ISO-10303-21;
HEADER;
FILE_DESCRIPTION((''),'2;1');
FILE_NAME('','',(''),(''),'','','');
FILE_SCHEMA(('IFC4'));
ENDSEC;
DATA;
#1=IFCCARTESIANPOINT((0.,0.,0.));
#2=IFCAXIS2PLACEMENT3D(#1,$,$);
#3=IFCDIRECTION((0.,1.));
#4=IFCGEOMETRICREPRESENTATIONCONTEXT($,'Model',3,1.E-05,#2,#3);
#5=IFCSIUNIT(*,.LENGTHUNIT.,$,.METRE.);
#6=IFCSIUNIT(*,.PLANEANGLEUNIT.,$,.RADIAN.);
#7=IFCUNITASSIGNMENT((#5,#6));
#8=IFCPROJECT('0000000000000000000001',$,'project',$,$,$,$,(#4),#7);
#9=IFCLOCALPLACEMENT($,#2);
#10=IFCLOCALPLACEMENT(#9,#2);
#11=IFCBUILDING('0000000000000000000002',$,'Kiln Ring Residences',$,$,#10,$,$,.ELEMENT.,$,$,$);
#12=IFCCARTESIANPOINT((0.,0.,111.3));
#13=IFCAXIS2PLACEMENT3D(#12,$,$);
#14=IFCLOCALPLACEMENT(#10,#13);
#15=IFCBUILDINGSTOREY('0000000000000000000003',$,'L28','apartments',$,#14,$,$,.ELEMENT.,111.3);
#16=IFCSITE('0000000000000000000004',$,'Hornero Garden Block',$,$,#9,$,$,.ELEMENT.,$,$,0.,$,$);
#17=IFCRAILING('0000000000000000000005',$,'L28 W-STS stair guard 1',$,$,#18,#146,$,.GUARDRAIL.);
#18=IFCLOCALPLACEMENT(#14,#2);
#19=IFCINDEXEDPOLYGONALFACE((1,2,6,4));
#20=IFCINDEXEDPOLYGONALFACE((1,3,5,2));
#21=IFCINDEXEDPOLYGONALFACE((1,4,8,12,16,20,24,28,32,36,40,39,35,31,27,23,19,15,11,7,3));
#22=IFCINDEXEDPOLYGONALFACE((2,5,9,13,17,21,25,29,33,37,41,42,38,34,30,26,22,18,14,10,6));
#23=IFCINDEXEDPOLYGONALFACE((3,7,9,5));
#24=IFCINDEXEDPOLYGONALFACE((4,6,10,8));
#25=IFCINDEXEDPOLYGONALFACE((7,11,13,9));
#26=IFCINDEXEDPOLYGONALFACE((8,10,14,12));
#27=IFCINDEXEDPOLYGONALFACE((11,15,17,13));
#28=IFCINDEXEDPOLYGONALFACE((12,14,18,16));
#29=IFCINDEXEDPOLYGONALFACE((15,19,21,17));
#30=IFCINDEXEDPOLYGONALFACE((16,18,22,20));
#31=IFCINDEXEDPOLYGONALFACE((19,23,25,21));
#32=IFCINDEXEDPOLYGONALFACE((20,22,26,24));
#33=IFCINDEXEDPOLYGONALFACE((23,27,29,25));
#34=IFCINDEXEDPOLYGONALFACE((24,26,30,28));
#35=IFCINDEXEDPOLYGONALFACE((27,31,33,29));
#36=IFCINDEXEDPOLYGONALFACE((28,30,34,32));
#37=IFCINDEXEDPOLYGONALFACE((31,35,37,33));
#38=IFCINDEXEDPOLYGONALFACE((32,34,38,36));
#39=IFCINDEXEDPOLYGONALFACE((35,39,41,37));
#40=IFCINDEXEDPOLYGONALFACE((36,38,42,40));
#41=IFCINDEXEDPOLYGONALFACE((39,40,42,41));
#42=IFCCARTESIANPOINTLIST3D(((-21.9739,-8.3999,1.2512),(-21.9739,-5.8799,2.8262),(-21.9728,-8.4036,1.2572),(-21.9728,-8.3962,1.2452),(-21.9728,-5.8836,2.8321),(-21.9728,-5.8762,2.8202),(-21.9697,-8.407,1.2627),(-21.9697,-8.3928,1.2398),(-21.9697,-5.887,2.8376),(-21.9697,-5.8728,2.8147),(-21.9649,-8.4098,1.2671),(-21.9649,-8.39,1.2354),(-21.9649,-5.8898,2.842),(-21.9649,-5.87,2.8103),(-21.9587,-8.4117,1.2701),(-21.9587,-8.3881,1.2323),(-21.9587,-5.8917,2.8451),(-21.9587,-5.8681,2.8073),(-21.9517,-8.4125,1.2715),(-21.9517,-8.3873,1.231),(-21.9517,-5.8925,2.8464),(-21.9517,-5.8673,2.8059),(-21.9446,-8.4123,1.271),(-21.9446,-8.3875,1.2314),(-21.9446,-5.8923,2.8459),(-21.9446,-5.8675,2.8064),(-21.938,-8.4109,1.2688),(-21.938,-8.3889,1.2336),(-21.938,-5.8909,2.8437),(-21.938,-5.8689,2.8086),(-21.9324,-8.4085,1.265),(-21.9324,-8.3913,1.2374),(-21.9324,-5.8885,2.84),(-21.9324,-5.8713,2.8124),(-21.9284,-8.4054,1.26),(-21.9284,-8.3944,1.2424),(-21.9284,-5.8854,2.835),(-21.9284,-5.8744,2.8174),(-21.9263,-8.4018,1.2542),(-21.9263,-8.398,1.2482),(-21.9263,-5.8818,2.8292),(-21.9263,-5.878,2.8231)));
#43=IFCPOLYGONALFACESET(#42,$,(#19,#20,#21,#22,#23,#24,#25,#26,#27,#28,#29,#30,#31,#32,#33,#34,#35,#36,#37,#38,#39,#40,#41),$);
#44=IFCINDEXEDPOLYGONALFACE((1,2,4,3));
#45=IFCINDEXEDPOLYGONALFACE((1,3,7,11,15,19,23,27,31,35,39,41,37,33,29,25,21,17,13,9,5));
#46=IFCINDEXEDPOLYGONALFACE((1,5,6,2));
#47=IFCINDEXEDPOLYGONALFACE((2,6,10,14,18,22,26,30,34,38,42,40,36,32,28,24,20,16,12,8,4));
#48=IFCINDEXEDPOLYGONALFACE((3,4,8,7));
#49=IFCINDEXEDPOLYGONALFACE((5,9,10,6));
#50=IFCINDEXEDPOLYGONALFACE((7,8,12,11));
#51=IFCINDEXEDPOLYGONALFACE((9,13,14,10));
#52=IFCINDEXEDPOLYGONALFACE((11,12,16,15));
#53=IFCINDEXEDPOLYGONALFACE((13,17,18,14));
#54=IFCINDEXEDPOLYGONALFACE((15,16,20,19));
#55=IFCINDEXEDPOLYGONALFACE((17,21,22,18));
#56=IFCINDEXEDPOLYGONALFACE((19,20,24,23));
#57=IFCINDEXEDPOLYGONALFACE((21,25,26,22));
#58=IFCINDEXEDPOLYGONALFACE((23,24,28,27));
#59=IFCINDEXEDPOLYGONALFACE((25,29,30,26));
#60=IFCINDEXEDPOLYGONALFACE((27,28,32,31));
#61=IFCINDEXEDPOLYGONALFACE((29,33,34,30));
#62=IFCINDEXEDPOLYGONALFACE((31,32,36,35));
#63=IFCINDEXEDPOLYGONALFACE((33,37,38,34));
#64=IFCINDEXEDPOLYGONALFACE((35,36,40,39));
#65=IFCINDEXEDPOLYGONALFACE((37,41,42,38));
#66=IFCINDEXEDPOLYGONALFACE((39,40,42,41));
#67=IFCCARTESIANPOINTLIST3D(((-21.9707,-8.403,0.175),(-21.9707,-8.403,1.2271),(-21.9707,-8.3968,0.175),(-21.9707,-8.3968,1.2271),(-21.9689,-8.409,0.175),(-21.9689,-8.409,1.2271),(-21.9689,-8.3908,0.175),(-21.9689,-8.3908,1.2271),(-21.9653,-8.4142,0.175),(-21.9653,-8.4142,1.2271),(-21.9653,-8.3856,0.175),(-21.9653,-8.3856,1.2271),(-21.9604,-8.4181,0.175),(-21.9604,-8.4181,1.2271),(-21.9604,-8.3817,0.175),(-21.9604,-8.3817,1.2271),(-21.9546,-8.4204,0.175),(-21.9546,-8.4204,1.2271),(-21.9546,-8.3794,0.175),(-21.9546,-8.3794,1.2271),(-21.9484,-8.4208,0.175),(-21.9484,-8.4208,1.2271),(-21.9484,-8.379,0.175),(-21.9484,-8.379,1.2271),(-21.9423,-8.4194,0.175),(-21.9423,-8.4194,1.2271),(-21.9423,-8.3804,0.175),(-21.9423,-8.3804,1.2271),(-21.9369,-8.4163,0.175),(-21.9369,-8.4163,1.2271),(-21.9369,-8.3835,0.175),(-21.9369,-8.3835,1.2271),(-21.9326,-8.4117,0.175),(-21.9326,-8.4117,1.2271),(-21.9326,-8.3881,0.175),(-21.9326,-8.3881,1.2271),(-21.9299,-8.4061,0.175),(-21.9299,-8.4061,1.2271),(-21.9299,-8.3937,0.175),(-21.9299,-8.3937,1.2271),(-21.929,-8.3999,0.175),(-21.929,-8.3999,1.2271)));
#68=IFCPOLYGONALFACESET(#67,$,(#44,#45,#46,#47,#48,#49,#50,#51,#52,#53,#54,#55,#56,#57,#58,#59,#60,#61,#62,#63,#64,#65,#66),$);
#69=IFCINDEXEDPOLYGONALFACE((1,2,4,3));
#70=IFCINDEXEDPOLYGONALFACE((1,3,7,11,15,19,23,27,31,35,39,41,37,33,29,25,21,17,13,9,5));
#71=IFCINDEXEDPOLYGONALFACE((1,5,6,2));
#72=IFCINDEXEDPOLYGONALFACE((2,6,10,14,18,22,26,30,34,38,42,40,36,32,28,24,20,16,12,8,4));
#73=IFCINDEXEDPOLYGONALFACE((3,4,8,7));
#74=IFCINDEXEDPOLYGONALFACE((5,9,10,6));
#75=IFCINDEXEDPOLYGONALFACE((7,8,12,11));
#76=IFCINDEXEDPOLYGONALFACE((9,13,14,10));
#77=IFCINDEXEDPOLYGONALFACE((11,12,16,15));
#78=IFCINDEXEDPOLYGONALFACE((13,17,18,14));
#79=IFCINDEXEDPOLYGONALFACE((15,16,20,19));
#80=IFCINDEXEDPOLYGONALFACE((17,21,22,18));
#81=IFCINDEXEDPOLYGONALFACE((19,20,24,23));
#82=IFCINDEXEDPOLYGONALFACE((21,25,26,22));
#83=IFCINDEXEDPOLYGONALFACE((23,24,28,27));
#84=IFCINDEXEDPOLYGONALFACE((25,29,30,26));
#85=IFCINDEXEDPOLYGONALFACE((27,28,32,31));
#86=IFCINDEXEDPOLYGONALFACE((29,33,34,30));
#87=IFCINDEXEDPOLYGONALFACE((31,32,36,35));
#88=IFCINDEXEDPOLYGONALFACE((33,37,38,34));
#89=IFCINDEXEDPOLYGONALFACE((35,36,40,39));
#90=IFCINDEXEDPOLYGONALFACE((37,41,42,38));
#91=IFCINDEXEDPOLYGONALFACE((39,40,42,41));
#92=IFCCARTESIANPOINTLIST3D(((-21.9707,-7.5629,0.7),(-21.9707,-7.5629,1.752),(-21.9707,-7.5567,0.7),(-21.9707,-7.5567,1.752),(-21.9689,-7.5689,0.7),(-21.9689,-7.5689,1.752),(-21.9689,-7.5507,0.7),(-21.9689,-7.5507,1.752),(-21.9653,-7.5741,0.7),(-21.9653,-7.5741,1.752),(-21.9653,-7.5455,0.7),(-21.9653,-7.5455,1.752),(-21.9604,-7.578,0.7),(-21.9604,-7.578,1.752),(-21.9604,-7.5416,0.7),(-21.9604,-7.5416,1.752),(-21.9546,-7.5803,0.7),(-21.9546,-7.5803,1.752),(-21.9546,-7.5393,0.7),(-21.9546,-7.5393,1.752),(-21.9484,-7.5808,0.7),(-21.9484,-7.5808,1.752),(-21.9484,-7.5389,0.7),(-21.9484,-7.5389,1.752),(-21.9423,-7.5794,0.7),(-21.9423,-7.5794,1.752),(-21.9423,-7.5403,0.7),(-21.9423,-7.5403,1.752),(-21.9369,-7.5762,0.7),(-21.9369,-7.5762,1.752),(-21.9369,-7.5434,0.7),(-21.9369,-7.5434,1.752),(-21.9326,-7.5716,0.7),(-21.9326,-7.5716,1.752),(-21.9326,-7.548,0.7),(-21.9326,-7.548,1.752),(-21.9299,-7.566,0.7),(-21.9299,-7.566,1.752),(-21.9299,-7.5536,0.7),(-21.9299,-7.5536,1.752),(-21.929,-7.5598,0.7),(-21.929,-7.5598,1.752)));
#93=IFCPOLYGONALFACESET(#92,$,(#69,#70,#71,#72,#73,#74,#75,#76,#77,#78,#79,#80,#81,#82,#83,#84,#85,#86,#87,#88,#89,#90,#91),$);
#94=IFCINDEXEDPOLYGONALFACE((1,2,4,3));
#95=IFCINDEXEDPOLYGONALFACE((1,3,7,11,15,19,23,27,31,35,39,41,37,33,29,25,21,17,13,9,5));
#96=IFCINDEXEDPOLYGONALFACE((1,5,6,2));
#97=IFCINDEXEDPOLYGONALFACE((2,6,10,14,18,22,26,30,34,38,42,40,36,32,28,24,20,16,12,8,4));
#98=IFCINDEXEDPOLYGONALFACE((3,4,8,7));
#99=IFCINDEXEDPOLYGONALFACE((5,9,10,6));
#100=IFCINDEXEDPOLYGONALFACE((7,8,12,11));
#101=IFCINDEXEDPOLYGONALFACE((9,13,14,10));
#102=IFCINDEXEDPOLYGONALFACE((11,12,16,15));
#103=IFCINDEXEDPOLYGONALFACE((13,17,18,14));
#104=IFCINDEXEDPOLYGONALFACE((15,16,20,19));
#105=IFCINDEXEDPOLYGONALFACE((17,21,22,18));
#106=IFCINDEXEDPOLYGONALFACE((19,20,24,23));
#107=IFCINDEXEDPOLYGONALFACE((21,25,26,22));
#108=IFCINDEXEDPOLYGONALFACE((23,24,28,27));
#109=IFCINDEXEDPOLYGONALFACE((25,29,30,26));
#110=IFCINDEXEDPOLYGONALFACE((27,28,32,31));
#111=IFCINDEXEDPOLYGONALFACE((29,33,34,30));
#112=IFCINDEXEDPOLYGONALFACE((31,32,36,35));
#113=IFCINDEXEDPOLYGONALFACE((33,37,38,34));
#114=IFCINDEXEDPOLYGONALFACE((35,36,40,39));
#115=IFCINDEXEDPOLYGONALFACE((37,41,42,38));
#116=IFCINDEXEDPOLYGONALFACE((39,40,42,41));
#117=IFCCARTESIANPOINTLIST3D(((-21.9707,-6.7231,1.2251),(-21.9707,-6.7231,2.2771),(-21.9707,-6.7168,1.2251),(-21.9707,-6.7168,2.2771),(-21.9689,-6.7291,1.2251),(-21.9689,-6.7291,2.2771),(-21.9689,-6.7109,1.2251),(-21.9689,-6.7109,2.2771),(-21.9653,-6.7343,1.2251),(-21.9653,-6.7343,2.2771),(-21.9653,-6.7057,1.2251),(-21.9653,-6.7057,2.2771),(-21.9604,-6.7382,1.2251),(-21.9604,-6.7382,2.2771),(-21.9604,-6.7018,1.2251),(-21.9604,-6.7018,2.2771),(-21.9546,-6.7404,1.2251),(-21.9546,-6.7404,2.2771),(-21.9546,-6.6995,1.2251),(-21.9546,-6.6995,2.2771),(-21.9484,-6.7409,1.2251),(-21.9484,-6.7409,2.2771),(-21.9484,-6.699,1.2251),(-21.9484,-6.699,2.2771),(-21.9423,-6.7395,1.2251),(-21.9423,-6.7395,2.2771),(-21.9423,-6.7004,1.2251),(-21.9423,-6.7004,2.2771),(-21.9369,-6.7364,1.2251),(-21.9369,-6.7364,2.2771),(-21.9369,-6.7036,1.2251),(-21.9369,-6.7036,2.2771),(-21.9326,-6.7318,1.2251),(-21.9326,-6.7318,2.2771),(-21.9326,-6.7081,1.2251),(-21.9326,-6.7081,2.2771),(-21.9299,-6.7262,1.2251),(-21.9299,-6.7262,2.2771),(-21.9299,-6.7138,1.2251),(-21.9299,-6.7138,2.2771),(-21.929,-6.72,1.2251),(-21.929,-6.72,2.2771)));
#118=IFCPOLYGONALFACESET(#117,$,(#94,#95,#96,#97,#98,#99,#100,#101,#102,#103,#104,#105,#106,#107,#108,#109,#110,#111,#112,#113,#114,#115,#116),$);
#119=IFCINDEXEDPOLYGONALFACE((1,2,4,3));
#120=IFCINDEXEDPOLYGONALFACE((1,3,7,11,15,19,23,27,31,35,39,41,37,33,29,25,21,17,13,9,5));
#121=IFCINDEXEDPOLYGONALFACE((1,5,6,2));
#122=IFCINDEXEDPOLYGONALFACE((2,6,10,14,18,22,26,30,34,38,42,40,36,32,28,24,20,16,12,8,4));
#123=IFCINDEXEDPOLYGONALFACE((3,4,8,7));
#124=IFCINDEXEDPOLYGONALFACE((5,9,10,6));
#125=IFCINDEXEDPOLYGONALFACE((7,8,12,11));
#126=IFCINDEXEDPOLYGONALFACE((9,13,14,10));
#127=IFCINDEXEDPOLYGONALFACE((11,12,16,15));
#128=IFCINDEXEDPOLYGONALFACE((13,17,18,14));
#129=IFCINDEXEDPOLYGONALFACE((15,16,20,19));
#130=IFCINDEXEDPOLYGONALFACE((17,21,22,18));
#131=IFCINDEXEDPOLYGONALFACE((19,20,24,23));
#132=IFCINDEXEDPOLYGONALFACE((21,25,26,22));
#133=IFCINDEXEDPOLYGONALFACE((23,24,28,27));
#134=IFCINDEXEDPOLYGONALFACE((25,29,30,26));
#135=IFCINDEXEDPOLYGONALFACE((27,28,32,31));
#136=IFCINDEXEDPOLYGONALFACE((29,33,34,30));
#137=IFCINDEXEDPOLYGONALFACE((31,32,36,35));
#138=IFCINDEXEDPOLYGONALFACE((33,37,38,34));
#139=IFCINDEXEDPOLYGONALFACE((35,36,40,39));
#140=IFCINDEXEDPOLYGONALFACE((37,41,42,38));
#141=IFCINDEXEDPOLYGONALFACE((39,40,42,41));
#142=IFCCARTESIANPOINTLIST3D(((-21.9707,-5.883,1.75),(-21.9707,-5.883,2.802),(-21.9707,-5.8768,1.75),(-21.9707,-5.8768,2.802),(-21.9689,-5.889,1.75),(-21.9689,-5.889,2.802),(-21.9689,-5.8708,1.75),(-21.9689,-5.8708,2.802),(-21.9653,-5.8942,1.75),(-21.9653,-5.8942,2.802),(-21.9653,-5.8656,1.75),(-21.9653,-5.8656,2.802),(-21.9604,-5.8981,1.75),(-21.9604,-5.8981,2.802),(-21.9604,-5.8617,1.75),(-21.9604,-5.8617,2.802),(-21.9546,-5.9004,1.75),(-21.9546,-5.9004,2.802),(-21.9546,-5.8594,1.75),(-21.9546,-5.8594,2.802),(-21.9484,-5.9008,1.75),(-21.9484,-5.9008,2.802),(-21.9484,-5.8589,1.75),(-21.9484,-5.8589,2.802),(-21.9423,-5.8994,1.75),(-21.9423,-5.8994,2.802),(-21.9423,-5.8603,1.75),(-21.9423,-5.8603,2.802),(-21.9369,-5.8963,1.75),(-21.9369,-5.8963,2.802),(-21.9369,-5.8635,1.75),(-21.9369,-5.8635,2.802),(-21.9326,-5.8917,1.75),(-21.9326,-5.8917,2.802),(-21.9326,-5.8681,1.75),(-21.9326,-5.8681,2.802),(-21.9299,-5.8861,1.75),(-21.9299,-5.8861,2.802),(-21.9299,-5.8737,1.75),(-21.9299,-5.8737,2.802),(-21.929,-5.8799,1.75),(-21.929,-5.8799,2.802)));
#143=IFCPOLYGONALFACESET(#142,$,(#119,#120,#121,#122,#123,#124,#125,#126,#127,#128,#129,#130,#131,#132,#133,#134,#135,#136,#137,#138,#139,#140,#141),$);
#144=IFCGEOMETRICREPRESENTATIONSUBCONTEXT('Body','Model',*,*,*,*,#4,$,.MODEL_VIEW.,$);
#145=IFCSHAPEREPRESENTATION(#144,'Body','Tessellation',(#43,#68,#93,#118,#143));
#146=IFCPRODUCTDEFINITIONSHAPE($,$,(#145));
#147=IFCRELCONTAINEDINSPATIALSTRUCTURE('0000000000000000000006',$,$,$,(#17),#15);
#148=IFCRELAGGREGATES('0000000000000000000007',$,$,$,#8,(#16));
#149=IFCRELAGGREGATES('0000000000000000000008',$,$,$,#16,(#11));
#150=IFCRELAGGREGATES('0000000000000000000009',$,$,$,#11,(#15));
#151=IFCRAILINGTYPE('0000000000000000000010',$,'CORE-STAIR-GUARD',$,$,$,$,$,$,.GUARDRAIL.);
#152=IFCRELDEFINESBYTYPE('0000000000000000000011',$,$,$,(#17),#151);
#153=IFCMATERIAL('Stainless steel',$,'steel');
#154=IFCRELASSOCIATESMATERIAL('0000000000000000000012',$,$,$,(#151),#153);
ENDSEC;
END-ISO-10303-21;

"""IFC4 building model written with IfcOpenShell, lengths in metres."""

from ifc_helpers import new_model, si_unit, direction, frame, origin, origin_2d, place, context, subcontext, project, spatial, circle, extrude, material, type_object, element, save


model = new_model("IFC4")

# Units and contexts
model_context = context("Model", 3, precision=1e-05, world=origin(), true_north=direction((0.0, 1.0)))
body_context = subcontext(model_context, "Body", "Model", "MODEL_VIEW")
ifc_project = project(units=[si_unit("LENGTHUNIT", "METRE"), si_unit("PLANEANGLEUNIT", "RADIAN")], contexts=[model_context])

# Site, building, storey
site_placement = place(None, origin())
site = spatial("IfcSite", under=ifc_project, at=site_placement, Name="Hornero Garden Block", CompositionType="ELEMENT", RefElevation=0.0)
building_placement = place(site_placement, origin())
building = spatial("IfcBuilding", under=site, at=building_placement, Name="Kiln Ring Residences", CompositionType="ELEMENT")
storey_placement = place(building_placement, frame((0.0, 0.0, 111.3)))
storey = spatial("IfcBuildingStorey", under=building, at=storey_placement, Name="L28", Description="apartments", CompositionType="ELEMENT", Elevation=111.3)

# Railing
ifc_material_1 = material(Name="Stainless steel", Category="steel")
railing_type_1 = type_object("IfcRailingType", Name="CORE-STAIR-GUARD", PredefinedType="GUARDRAIL", material=ifc_material_1)
railing_1_placement = place(storey_placement, frame((-21.95, -8.3999, 0.175)))
element("IfcRailing", 1, at=railing_1_placement, inside=storey, type_object=railing_type_1, Name="L28 W-STS stair guard 1", PredefinedType="GUARDRAIL", context=body_context, shape_type="SweptSolid", body=[
    extrude(circle(Radius=0.0239, at=origin_2d()), frame((0.0, 0.0, 1.0762), z_axis=(0.0, 0.848008, 0.529984), x_axis=(-1.0, 0.0, 0.0)), (0.0, 0.0, 1.0), 2.9717),
    extrude(circle(Radius=0.021, at=origin_2d()), origin(), (0.0, 0.0, 1.0), 1.052),
    extrude(circle(Radius=0.021, at=origin_2d()), frame((0.0, 0.8401, 0.5249)), (0.0, 0.0, 1.0), 1.052),
    extrude(circle(Radius=0.021, at=origin_2d()), frame((0.0, 1.6799, 1.05)), (0.0, 0.0, 1.0), 1.052),
    extrude(circle(Radius=0.021, at=origin_2d()), frame((0.0, 2.52, 1.575)), (0.0, 0.0, 1.0), 1.052),
])

save(model, "model.ifc")
